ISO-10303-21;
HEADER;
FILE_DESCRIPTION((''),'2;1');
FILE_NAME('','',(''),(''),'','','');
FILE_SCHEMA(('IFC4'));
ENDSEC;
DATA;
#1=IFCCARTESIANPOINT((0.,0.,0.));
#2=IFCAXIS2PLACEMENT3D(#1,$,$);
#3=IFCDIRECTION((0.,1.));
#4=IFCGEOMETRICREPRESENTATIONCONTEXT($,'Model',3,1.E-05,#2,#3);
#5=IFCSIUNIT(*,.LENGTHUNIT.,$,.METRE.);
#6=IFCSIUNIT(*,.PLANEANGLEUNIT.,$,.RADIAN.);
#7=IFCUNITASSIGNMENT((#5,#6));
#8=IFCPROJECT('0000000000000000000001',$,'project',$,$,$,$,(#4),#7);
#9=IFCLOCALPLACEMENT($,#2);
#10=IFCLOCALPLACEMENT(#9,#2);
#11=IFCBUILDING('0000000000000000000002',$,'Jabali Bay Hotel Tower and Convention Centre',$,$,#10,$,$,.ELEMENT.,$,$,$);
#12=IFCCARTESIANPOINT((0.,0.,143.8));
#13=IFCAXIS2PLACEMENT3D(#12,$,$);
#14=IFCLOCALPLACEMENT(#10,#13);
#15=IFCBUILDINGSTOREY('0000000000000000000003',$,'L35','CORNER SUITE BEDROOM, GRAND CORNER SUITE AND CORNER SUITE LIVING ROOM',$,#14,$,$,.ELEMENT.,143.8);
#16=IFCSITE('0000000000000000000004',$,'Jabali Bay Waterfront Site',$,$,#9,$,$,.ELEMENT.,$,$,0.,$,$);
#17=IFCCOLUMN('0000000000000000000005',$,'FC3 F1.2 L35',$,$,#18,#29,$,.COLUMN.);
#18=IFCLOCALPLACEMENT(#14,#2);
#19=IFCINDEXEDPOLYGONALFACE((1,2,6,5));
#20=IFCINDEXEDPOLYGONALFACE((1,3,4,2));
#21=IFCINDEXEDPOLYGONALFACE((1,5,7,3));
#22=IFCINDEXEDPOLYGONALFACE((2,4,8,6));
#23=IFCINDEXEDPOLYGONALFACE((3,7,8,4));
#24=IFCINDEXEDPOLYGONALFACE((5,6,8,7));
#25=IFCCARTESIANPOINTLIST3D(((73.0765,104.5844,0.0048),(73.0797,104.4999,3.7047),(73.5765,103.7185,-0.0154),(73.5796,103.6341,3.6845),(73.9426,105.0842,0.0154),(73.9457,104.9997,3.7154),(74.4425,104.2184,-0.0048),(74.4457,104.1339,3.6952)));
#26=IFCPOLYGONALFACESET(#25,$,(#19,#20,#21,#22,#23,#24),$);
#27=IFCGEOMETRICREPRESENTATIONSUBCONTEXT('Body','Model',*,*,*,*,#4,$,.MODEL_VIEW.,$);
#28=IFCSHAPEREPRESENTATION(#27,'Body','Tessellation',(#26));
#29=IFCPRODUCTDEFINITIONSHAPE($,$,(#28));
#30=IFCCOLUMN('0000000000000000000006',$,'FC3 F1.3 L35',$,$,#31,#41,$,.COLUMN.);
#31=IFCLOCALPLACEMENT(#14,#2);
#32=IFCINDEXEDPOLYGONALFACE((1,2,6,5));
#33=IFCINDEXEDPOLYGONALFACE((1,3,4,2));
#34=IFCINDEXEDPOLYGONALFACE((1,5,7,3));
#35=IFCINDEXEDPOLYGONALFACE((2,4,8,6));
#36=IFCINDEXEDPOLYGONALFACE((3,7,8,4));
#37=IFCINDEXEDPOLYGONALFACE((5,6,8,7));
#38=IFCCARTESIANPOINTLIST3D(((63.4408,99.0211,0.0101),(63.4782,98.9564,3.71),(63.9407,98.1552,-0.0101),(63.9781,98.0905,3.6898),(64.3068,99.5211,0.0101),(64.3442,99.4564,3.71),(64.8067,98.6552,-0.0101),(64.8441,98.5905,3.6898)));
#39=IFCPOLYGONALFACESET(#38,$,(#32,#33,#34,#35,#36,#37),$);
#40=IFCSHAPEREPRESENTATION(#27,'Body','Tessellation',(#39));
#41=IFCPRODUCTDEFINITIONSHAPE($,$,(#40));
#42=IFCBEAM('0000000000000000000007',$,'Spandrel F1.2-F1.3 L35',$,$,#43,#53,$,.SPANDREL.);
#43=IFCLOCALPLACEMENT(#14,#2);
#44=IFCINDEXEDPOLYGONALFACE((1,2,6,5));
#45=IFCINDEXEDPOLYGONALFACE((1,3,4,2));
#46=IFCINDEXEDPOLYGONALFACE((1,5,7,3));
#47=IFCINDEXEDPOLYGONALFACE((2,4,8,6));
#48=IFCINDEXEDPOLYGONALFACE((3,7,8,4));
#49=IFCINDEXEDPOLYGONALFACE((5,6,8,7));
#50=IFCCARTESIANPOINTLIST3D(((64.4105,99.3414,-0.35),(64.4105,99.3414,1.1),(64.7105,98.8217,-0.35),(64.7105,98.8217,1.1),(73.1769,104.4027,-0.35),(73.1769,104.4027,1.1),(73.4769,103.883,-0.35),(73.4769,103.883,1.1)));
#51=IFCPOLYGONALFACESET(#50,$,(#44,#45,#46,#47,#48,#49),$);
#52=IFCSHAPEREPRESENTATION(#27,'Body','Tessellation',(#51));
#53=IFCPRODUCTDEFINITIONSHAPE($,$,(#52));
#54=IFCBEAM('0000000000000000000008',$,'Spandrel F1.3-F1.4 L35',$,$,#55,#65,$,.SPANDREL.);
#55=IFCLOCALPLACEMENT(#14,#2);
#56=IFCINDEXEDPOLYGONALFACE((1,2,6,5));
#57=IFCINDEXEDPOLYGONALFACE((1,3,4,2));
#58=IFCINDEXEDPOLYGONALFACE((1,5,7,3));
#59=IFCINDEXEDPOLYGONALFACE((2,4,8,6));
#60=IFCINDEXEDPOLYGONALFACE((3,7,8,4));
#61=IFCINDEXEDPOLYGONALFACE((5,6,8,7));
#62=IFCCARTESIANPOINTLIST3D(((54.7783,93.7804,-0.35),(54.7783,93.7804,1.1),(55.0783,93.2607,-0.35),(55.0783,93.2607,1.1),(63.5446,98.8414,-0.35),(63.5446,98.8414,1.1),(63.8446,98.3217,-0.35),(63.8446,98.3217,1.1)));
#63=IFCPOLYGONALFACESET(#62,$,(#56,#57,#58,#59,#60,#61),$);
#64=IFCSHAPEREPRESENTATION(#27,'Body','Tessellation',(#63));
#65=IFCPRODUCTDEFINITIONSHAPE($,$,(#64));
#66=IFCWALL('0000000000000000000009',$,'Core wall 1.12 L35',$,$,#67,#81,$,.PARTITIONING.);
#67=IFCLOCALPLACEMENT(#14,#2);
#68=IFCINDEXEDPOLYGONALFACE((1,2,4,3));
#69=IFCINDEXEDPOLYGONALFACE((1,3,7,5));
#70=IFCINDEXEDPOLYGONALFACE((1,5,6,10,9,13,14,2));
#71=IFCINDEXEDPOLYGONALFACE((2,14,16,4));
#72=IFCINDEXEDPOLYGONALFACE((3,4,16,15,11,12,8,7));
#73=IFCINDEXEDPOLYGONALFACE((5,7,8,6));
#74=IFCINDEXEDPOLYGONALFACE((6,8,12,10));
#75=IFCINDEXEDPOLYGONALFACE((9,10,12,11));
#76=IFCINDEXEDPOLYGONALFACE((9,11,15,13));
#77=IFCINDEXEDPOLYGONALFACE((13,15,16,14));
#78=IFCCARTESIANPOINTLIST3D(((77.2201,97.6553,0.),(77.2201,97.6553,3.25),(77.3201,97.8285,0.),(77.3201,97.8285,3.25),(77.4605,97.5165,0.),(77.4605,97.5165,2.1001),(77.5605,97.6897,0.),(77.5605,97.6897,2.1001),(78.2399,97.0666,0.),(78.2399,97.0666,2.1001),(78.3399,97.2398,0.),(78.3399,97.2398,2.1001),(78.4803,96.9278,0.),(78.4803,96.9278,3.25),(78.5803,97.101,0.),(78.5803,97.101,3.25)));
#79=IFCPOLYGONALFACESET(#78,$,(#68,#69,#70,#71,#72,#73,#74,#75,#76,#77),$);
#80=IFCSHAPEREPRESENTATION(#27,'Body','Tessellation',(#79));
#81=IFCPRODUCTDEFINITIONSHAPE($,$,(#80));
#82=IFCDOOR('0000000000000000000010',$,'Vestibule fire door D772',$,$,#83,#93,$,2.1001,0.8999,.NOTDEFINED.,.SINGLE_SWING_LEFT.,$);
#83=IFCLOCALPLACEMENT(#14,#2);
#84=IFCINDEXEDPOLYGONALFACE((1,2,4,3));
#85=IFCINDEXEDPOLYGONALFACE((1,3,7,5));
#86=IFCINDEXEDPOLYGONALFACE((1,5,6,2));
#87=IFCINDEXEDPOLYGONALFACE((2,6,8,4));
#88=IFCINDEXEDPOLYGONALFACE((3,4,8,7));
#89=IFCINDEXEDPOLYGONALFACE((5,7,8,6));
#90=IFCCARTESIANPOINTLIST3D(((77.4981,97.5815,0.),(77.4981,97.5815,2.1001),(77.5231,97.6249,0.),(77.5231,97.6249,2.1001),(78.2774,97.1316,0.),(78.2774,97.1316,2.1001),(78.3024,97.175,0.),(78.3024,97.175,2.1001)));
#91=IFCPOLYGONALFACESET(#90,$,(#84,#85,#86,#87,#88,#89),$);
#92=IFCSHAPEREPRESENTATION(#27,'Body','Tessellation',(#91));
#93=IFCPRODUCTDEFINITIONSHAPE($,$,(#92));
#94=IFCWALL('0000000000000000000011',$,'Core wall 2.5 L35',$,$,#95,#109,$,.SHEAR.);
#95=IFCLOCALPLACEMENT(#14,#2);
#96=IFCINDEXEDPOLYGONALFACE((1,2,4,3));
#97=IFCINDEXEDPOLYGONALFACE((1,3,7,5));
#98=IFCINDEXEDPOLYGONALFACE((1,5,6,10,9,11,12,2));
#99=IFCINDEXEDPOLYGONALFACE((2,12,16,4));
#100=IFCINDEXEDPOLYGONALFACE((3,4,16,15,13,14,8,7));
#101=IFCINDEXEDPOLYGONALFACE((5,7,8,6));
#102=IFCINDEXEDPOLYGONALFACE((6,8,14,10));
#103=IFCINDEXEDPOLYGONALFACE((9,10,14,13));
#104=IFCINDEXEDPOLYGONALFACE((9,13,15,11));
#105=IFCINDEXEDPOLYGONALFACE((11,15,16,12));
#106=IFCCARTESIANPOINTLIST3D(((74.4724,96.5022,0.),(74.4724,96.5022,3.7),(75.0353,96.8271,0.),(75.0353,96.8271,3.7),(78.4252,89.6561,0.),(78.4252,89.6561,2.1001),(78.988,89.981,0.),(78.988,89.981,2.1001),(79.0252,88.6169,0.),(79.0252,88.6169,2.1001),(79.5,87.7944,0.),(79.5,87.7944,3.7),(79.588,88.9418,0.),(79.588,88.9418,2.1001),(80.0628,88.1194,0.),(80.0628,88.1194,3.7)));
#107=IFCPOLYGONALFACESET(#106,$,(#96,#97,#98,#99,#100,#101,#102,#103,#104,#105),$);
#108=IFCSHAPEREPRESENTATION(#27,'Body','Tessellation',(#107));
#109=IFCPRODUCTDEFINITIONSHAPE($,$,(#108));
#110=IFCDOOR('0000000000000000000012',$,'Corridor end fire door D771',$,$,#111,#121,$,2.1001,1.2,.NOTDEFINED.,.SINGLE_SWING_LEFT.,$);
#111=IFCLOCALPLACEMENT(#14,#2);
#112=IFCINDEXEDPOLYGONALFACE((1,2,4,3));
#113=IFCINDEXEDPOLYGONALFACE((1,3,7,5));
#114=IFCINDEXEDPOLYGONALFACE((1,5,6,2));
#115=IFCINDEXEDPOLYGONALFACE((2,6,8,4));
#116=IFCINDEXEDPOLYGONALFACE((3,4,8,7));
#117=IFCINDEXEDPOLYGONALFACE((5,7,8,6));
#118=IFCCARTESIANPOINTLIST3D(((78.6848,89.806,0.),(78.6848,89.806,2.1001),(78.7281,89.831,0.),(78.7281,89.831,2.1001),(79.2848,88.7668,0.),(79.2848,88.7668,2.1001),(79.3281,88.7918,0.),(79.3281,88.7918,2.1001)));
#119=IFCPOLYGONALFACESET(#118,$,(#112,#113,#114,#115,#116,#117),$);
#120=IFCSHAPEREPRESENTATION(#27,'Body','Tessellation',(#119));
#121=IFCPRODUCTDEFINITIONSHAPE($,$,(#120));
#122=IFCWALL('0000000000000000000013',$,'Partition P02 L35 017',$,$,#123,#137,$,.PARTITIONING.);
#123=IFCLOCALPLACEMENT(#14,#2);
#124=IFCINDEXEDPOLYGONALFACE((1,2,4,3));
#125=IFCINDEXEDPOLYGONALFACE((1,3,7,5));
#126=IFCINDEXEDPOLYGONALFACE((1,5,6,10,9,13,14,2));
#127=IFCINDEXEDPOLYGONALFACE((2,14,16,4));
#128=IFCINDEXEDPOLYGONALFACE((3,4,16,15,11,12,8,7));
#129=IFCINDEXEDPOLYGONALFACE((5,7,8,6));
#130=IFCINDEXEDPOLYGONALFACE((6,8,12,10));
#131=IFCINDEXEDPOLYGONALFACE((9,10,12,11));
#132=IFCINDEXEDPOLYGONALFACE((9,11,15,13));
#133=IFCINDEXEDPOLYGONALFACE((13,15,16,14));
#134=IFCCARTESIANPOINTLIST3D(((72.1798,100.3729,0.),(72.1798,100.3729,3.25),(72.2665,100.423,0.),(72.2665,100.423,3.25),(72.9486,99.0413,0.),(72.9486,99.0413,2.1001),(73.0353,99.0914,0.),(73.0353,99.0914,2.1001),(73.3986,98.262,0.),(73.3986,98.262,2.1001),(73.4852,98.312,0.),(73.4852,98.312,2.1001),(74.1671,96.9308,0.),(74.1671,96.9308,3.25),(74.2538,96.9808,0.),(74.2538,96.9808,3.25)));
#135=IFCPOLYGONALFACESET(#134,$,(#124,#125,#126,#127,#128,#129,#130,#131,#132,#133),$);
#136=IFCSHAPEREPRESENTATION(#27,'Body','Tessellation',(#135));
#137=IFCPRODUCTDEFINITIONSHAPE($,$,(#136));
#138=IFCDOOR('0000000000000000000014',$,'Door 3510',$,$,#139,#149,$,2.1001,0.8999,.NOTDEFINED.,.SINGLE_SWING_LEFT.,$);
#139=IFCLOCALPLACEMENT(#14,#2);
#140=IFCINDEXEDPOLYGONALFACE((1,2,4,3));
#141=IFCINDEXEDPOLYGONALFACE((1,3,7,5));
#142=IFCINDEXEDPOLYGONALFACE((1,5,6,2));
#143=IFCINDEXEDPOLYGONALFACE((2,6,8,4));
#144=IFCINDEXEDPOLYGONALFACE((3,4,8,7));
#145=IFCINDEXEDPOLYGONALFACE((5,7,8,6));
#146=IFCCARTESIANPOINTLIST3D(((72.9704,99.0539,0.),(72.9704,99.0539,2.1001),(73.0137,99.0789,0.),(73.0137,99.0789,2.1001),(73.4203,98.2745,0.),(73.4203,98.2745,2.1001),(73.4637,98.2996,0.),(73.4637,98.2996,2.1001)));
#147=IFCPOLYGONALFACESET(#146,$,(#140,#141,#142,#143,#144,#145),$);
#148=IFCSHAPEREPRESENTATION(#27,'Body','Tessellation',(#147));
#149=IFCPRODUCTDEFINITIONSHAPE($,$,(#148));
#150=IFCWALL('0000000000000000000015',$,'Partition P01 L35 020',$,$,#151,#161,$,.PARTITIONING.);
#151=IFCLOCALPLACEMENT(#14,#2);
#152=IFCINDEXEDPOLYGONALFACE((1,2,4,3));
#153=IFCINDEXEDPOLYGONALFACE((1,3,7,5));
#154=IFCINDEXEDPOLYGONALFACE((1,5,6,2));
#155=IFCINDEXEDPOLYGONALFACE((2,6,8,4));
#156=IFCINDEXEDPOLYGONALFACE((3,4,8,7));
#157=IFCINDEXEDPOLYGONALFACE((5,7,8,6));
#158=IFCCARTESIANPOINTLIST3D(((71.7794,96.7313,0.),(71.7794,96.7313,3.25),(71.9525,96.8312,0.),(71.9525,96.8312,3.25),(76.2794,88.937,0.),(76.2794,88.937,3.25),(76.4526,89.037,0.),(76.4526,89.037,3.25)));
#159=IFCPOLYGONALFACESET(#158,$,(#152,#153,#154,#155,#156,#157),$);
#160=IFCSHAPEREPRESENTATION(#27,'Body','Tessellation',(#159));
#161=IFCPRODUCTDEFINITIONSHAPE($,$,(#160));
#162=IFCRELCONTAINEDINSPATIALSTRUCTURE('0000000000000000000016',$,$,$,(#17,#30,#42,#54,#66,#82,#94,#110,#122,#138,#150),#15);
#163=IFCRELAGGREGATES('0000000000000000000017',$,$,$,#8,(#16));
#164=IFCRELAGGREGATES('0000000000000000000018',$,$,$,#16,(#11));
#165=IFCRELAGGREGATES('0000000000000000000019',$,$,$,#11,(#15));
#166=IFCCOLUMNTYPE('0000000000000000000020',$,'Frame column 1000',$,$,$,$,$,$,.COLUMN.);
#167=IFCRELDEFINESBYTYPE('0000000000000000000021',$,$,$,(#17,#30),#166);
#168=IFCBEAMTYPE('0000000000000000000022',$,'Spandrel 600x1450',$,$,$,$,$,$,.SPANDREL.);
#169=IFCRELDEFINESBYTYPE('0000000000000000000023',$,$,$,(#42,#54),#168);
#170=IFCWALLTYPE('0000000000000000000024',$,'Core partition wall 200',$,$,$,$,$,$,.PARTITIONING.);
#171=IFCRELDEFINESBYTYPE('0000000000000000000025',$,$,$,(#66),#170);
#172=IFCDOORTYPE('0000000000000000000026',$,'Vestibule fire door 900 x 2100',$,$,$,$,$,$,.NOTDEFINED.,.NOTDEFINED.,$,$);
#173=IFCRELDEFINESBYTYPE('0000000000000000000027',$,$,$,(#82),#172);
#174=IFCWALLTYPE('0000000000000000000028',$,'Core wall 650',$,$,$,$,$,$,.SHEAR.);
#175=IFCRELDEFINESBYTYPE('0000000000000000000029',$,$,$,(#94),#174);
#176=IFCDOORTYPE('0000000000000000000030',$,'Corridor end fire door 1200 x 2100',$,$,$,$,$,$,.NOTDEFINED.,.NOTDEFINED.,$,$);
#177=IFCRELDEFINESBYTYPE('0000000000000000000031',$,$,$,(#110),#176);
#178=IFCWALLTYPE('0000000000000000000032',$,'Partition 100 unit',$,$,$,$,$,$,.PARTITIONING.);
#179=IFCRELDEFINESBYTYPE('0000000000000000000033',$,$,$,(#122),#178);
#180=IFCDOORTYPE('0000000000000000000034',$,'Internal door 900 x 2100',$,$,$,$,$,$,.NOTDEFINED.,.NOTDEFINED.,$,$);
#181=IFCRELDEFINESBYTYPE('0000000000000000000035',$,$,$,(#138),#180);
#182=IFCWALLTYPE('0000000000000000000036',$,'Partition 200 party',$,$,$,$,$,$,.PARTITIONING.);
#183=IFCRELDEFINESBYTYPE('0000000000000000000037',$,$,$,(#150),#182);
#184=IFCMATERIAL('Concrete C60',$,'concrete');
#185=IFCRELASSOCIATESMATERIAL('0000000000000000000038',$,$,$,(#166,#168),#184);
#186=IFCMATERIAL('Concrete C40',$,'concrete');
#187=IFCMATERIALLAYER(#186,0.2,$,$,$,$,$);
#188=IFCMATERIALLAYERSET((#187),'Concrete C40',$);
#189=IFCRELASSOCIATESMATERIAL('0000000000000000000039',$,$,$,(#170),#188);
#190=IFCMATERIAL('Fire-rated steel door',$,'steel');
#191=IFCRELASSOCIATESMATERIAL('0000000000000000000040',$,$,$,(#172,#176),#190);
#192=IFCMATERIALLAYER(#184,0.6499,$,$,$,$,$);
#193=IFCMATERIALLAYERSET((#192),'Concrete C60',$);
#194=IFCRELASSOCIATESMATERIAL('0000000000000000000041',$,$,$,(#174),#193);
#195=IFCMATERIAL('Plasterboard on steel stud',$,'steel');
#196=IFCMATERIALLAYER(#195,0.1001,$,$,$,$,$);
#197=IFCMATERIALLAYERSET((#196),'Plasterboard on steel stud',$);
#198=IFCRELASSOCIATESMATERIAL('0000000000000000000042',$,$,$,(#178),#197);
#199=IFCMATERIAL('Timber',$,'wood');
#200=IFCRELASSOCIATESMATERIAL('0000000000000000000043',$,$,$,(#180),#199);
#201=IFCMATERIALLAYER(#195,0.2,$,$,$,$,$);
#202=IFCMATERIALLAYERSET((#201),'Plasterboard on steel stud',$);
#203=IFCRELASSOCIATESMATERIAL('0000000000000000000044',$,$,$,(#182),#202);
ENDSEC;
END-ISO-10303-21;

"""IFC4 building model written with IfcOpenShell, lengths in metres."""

from ifc_helpers import new_model, si_unit, direction, frame, frame_2d, origin, origin_2d, place, context, subcontext, project, spatial, rectangle, extrude, material, layer, layer_set, material_profile, profile_set, type_object, element, fill, save


model = new_model("IFC4")

# Units and contexts
model_context = context("Model", 3, precision=1e-05, world=origin(), true_north=direction((0.0, 1.0)))
body_context = subcontext(model_context, "Body", "Model", "MODEL_VIEW")
ifc_project = project(units=[si_unit("LENGTHUNIT", "METRE"), si_unit("PLANEANGLEUNIT", "RADIAN")], contexts=[model_context])

# Site, building, storey
site_placement = place(None, origin())
site = spatial("IfcSite", under=ifc_project, at=site_placement, Name="Jabali Bay Waterfront Site", CompositionType="ELEMENT", RefElevation=0.0)
building_placement = place(site_placement, origin())
building = spatial("IfcBuilding", under=site, at=building_placement, Name="Jabali Bay Hotel Tower and Convention Centre", CompositionType="ELEMENT")
storey_placement = place(building_placement, frame((0.0, 0.0, 143.8)))
storey = spatial("IfcBuildingStorey", under=building, at=storey_placement, Name="L35", Description="CORNER SUITE BEDROOM, GRAND CORNER SUITE AND CORNER SUITE LIVING ROOM", CompositionType="ELEMENT", Elevation=143.8)

# Columns
ifc_material_1 = material(Name="Concrete C60", Category="concrete")
ifc_material_profile_1 = material_profile(ifc_material_1, rectangle(XDim=1.0, YDim=1.0, at=origin_2d()), Name="Frame column 1000")
ifc_profile_set_1 = profile_set([ifc_material_profile_1], Name="Concrete C60")
column_type = type_object("IfcColumnType", Name="Frame column 1000", PredefinedType="COLUMN", material=ifc_profile_set_1)
column_1_placement = place(storey_placement, frame((73.7595, 104.4014, 0.0), z_axis=(0.000858, -0.022825, 0.999739), x_axis=(0.866055, 0.499836, 0.010669)))
element("IfcColumn", 1, at=column_1_placement, inside=storey, type_object=column_type, Name="FC3 F1.2 L35", PredefinedType="COLUMN", context=body_context, shape_type="SweptSolid", body=[
    extrude(rectangle(XDim=1.0, YDim=1.0, at=origin_2d()), origin(), (0.0, 0.0, 1.0), 3.7009),
])
column_2_placement = place(storey_placement, frame((64.1238, 98.8381, 0.0), z_axis=(0.010094, -0.017482, 0.999796), x_axis=(0.86602, 0.500009, 0.0)))
element("IfcColumn", 2, at=column_2_placement, inside=storey, type_object=column_type, Name="FC3 F1.3 L35", PredefinedType="COLUMN", context=body_context, shape_type="SweptSolid", body=[
    extrude(rectangle(XDim=1.0, YDim=1.0, at=origin_2d()), origin(), (0.0, 0.0, 1.0), 3.7007),
])

# Beams
ifc_material_profile_2 = material_profile(ifc_material_1, rectangle(XDim=0.6001, YDim=1.45, at=origin_2d()), Name="Spandrel 600x1450")
ifc_profile_set_2 = profile_set([ifc_material_profile_2], Name="Concrete C60")
beam_type = type_object("IfcBeamType", Name="Spandrel 600x1450", PredefinedType="SPANDREL", material=ifc_profile_set_2)
beam_1_placement = place(storey_placement, frame((73.3269, 104.1428, 0.375), z_axis=(-0.866025, -0.500002, 0.0), x_axis=(0.500002, -0.866025, 0.0)))
element("IfcBeam", 3, at=beam_1_placement, inside=storey, type_object=beam_type, Name="Spandrel F1.2-F1.3 L35", PredefinedType="SPANDREL", context=body_context, shape_type="SweptSolid", body=[
    extrude(rectangle(XDim=0.6001, YDim=1.45, at=origin_2d()), origin(), (0.0, 0.0, 1.0), 10.1226),
])
beam_2_placement = place(storey_placement, frame((63.6946, 98.5815, 0.375), z_axis=(-0.866035, -0.499983, 0.0), x_axis=(0.499983, -0.866035, 0.0)))
element("IfcBeam", 4, at=beam_2_placement, inside=storey, type_object=beam_type, Name="Spandrel F1.3-F1.4 L35", PredefinedType="SPANDREL", context=body_context, shape_type="SweptSolid", body=[
    extrude(rectangle(XDim=0.6001, YDim=1.45, at=origin_2d()), origin(), (0.0, 0.0, 1.0), 10.1223),
])

# Walls, openings, doors
ifc_material_2 = material(Name="Concrete C40", Category="concrete")
ifc_layer_1 = layer(ifc_material_2, 0.2)
ifc_layer_set_1 = layer_set([ifc_layer_1], Name="Concrete C40")
wall_type_1 = type_object("IfcWallType", Name="Core partition wall 200", PredefinedType="PARTITIONING", material=ifc_layer_set_1)
wall_1_placement = place(storey_placement, frame((78.5303, 97.0144, 0.0), z_axis=(0.0, 0.0, 1.0), x_axis=(-0.866046, 0.499965, 0.0)))
wall_1 = element("IfcWall", 5, at=wall_1_placement, inside=storey, type_object=wall_type_1, Name="Core wall 1.12 L35", PredefinedType="PARTITIONING", context=body_context, shape_type="SweptSolid", body=[
    extrude(rectangle(XDim=1.4551, YDim=0.2, at=frame_2d((0.7275, 0.0))), origin(), (0.0, 0.0, 1.0), 3.25),
])
opening_1_placement = place(wall_1_placement, frame((0.2776, 0.0, 0.0)))
opening_1 = element("IfcOpeningElement", 6, at=opening_1_placement, cuts=wall_1, PredefinedType="OPENING", context=body_context, shape_type="SweptSolid", body=[
    extrude(rectangle(XDim=0.8999, YDim=2.1001, at=frame_2d((0.45, 1.05))), frame((0.0, 0.1104, 0.0), z_axis=(0.0, -1.0, 0.0), x_axis=(1.0, 0.0, 0.0)), (0.0, 0.0, 1.0), 0.2209),
])
ifc_material_3 = material(Name="Fire-rated steel door", Category="steel")
door_type_1 = type_object("IfcDoorType", Name="Vestibule fire door 900 x 2100", OperationType="NOTDEFINED", PredefinedType="NOTDEFINED", material=ifc_material_3)
door_1_placement = place(opening_1_placement, origin())
door_1 = element("IfcDoor", 7, at=door_1_placement, inside=storey, type_object=door_type_1, Name="Vestibule fire door D772", OperationType="SINGLE_SWING_LEFT", OverallHeight=2.1001, OverallWidth=0.8999, PredefinedType="NOTDEFINED", context=body_context, shape_type="SweptSolid", body=[
    extrude(rectangle(XDim=0.8999, YDim=2.1001, at=frame_2d((0.45, 1.05))), frame((0.0, 0.0249, 0.0), z_axis=(0.0, -1.0, 0.0), x_axis=(1.0, 0.0, 0.0)), (0.0, 0.0, 1.0), 0.05),
])
fill(opening_1, door_1)
ifc_layer_2 = layer(ifc_material_1, 0.6499)
ifc_layer_set_2 = layer_set([ifc_layer_2], Name="Concrete C60")
wall_type_2 = type_object("IfcWallType", Name="Core wall 650", PredefinedType="SHEAR", material=ifc_layer_set_2)
wall_2_placement = place(storey_placement, frame((74.7539, 96.6646, 0.0), z_axis=(0.0, 0.0, 1.0), x_axis=(0.500012, -0.866019, 0.0)))
wall_2 = element("IfcWall", 8, at=wall_2_placement, inside=storey, type_object=wall_type_2, Name="Core wall 2.5 L35", PredefinedType="SHEAR", context=body_context, shape_type="SweptSolid", body=[
    extrude(rectangle(XDim=10.0549, YDim=0.6499, at=frame_2d((5.0273, 0.0))), origin(), (0.0, 0.0, 1.0), 3.7),
])
opening_2_placement = place(wall_2_placement, frame((7.905, 0.0, 0.0)))
opening_2 = element("IfcOpeningElement", 9, at=opening_2_placement, cuts=wall_2, PredefinedType="OPENING", context=body_context, shape_type="SweptSolid", body=[
    extrude(rectangle(XDim=1.2, YDim=2.1001, at=frame_2d((0.6001, 1.05))), frame((0.0, 0.3354, 0.0), z_axis=(0.0, -1.0, 0.0), x_axis=(1.0, 0.0, 0.0)), (0.0, 0.0, 1.0), 0.6709),
])
door_type_2 = type_object("IfcDoorType", Name="Corridor end fire door 1200 x 2100", OperationType="NOTDEFINED", PredefinedType="NOTDEFINED", material=ifc_material_3)
door_2_placement = place(opening_2_placement, origin())
door_2 = element("IfcDoor", 10, at=door_2_placement, inside=storey, type_object=door_type_2, Name="Corridor end fire door D771", OperationType="SINGLE_SWING_LEFT", OverallHeight=2.1001, OverallWidth=1.2, PredefinedType="NOTDEFINED", context=body_context, shape_type="SweptSolid", body=[
    extrude(rectangle(XDim=1.2, YDim=2.1001, at=frame_2d((0.6001, 1.05))), frame((0.0, 0.0249, 0.0), z_axis=(0.0, -1.0, 0.0), x_axis=(1.0, 0.0, 0.0)), (0.0, 0.0, 1.0), 0.05),
])
fill(opening_2, door_2)
ifc_material_4 = material(Name="Plasterboard on steel stud", Category="steel")
ifc_layer_3 = layer(ifc_material_4, 0.1001)
ifc_layer_set_3 = layer_set([ifc_layer_3], Name="Plasterboard on steel stud")
wall_type_3 = type_object("IfcWallType", Name="Partition 100 unit", PredefinedType="PARTITIONING", material=ifc_layer_set_3)
wall_3_placement = place(storey_placement, frame((74.2104, 96.9558, 0.0), z_axis=(0.0, 0.0, 1.0), x_axis=(-0.499997, 0.866027, 0.0)))
wall_3 = element("IfcWall", 11, at=wall_3_placement, inside=storey, type_object=wall_type_3, Name="Partition P02 L35 017", PredefinedType="PARTITIONING", context=body_context, shape_type="SweptSolid", body=[
    extrude(rectangle(XDim=3.9746, YDim=0.1001, at=frame_2d((1.9873, 0.0))), origin(), (0.0, 0.0, 1.0), 3.25),
])
opening_3_placement = place(wall_3_placement, frame((1.5371, 0.0, 0.0)))
opening_3 = element("IfcOpeningElement", 12, at=opening_3_placement, cuts=wall_3, PredefinedType="OPENING", context=body_context, shape_type="SweptSolid", body=[
    extrude(rectangle(XDim=0.8999, YDim=2.1001, at=frame_2d((0.45, 1.05))), frame((0.0, 0.0605, 0.0), z_axis=(0.0, -1.0, 0.0), x_axis=(1.0, 0.0, 0.0)), (0.0, 0.0, 1.0), 0.1211),
])
ifc_material_5 = material(Name="Timber", Category="wood")
door_type_3 = type_object("IfcDoorType", Name="Internal door 900 x 2100", OperationType="NOTDEFINED", PredefinedType="NOTDEFINED", material=ifc_material_5)
door_3_placement = place(opening_3_placement, origin())
door_3 = element("IfcDoor", 13, at=door_3_placement, inside=storey, type_object=door_type_3, Name="Door 3510", OperationType="SINGLE_SWING_LEFT", OverallHeight=2.1001, OverallWidth=0.8999, PredefinedType="NOTDEFINED", context=body_context, shape_type="SweptSolid", body=[
    extrude(rectangle(XDim=0.8999, YDim=2.1001, at=frame_2d((0.45, 1.05))), frame((0.0, 0.0249, 0.0), z_axis=(0.0, -1.0, 0.0), x_axis=(1.0, 0.0, 0.0)), (0.0, 0.0, 1.0), 0.05),
])
fill(opening_3, door_3)

# Wall
ifc_layer_4 = layer(ifc_material_4, 0.2)
ifc_layer_set_4 = layer_set([ifc_layer_4], Name="Plasterboard on steel stud")
wall_type_4 = type_object("IfcWallType", Name="Partition 200 party", PredefinedType="PARTITIONING", material=ifc_layer_set_4)
wall_4_placement = place(storey_placement, frame((71.866, 96.7812, 0.0), z_axis=(0.0, 0.0, 1.0), x_axis=(0.500002, -0.866024, 0.0)))
element("IfcWall", 14, at=wall_4_placement, inside=storey, type_object=wall_type_4, Name="Partition P01 L35 020", PredefinedType="PARTITIONING", context=body_context, shape_type="SweptSolid", body=[
    extrude(rectangle(XDim=9.0, YDim=0.2, at=frame_2d((4.5, 0.0))), origin(), (0.0, 0.0, 1.0), 3.25),
])

save(model, "model.ifc")
